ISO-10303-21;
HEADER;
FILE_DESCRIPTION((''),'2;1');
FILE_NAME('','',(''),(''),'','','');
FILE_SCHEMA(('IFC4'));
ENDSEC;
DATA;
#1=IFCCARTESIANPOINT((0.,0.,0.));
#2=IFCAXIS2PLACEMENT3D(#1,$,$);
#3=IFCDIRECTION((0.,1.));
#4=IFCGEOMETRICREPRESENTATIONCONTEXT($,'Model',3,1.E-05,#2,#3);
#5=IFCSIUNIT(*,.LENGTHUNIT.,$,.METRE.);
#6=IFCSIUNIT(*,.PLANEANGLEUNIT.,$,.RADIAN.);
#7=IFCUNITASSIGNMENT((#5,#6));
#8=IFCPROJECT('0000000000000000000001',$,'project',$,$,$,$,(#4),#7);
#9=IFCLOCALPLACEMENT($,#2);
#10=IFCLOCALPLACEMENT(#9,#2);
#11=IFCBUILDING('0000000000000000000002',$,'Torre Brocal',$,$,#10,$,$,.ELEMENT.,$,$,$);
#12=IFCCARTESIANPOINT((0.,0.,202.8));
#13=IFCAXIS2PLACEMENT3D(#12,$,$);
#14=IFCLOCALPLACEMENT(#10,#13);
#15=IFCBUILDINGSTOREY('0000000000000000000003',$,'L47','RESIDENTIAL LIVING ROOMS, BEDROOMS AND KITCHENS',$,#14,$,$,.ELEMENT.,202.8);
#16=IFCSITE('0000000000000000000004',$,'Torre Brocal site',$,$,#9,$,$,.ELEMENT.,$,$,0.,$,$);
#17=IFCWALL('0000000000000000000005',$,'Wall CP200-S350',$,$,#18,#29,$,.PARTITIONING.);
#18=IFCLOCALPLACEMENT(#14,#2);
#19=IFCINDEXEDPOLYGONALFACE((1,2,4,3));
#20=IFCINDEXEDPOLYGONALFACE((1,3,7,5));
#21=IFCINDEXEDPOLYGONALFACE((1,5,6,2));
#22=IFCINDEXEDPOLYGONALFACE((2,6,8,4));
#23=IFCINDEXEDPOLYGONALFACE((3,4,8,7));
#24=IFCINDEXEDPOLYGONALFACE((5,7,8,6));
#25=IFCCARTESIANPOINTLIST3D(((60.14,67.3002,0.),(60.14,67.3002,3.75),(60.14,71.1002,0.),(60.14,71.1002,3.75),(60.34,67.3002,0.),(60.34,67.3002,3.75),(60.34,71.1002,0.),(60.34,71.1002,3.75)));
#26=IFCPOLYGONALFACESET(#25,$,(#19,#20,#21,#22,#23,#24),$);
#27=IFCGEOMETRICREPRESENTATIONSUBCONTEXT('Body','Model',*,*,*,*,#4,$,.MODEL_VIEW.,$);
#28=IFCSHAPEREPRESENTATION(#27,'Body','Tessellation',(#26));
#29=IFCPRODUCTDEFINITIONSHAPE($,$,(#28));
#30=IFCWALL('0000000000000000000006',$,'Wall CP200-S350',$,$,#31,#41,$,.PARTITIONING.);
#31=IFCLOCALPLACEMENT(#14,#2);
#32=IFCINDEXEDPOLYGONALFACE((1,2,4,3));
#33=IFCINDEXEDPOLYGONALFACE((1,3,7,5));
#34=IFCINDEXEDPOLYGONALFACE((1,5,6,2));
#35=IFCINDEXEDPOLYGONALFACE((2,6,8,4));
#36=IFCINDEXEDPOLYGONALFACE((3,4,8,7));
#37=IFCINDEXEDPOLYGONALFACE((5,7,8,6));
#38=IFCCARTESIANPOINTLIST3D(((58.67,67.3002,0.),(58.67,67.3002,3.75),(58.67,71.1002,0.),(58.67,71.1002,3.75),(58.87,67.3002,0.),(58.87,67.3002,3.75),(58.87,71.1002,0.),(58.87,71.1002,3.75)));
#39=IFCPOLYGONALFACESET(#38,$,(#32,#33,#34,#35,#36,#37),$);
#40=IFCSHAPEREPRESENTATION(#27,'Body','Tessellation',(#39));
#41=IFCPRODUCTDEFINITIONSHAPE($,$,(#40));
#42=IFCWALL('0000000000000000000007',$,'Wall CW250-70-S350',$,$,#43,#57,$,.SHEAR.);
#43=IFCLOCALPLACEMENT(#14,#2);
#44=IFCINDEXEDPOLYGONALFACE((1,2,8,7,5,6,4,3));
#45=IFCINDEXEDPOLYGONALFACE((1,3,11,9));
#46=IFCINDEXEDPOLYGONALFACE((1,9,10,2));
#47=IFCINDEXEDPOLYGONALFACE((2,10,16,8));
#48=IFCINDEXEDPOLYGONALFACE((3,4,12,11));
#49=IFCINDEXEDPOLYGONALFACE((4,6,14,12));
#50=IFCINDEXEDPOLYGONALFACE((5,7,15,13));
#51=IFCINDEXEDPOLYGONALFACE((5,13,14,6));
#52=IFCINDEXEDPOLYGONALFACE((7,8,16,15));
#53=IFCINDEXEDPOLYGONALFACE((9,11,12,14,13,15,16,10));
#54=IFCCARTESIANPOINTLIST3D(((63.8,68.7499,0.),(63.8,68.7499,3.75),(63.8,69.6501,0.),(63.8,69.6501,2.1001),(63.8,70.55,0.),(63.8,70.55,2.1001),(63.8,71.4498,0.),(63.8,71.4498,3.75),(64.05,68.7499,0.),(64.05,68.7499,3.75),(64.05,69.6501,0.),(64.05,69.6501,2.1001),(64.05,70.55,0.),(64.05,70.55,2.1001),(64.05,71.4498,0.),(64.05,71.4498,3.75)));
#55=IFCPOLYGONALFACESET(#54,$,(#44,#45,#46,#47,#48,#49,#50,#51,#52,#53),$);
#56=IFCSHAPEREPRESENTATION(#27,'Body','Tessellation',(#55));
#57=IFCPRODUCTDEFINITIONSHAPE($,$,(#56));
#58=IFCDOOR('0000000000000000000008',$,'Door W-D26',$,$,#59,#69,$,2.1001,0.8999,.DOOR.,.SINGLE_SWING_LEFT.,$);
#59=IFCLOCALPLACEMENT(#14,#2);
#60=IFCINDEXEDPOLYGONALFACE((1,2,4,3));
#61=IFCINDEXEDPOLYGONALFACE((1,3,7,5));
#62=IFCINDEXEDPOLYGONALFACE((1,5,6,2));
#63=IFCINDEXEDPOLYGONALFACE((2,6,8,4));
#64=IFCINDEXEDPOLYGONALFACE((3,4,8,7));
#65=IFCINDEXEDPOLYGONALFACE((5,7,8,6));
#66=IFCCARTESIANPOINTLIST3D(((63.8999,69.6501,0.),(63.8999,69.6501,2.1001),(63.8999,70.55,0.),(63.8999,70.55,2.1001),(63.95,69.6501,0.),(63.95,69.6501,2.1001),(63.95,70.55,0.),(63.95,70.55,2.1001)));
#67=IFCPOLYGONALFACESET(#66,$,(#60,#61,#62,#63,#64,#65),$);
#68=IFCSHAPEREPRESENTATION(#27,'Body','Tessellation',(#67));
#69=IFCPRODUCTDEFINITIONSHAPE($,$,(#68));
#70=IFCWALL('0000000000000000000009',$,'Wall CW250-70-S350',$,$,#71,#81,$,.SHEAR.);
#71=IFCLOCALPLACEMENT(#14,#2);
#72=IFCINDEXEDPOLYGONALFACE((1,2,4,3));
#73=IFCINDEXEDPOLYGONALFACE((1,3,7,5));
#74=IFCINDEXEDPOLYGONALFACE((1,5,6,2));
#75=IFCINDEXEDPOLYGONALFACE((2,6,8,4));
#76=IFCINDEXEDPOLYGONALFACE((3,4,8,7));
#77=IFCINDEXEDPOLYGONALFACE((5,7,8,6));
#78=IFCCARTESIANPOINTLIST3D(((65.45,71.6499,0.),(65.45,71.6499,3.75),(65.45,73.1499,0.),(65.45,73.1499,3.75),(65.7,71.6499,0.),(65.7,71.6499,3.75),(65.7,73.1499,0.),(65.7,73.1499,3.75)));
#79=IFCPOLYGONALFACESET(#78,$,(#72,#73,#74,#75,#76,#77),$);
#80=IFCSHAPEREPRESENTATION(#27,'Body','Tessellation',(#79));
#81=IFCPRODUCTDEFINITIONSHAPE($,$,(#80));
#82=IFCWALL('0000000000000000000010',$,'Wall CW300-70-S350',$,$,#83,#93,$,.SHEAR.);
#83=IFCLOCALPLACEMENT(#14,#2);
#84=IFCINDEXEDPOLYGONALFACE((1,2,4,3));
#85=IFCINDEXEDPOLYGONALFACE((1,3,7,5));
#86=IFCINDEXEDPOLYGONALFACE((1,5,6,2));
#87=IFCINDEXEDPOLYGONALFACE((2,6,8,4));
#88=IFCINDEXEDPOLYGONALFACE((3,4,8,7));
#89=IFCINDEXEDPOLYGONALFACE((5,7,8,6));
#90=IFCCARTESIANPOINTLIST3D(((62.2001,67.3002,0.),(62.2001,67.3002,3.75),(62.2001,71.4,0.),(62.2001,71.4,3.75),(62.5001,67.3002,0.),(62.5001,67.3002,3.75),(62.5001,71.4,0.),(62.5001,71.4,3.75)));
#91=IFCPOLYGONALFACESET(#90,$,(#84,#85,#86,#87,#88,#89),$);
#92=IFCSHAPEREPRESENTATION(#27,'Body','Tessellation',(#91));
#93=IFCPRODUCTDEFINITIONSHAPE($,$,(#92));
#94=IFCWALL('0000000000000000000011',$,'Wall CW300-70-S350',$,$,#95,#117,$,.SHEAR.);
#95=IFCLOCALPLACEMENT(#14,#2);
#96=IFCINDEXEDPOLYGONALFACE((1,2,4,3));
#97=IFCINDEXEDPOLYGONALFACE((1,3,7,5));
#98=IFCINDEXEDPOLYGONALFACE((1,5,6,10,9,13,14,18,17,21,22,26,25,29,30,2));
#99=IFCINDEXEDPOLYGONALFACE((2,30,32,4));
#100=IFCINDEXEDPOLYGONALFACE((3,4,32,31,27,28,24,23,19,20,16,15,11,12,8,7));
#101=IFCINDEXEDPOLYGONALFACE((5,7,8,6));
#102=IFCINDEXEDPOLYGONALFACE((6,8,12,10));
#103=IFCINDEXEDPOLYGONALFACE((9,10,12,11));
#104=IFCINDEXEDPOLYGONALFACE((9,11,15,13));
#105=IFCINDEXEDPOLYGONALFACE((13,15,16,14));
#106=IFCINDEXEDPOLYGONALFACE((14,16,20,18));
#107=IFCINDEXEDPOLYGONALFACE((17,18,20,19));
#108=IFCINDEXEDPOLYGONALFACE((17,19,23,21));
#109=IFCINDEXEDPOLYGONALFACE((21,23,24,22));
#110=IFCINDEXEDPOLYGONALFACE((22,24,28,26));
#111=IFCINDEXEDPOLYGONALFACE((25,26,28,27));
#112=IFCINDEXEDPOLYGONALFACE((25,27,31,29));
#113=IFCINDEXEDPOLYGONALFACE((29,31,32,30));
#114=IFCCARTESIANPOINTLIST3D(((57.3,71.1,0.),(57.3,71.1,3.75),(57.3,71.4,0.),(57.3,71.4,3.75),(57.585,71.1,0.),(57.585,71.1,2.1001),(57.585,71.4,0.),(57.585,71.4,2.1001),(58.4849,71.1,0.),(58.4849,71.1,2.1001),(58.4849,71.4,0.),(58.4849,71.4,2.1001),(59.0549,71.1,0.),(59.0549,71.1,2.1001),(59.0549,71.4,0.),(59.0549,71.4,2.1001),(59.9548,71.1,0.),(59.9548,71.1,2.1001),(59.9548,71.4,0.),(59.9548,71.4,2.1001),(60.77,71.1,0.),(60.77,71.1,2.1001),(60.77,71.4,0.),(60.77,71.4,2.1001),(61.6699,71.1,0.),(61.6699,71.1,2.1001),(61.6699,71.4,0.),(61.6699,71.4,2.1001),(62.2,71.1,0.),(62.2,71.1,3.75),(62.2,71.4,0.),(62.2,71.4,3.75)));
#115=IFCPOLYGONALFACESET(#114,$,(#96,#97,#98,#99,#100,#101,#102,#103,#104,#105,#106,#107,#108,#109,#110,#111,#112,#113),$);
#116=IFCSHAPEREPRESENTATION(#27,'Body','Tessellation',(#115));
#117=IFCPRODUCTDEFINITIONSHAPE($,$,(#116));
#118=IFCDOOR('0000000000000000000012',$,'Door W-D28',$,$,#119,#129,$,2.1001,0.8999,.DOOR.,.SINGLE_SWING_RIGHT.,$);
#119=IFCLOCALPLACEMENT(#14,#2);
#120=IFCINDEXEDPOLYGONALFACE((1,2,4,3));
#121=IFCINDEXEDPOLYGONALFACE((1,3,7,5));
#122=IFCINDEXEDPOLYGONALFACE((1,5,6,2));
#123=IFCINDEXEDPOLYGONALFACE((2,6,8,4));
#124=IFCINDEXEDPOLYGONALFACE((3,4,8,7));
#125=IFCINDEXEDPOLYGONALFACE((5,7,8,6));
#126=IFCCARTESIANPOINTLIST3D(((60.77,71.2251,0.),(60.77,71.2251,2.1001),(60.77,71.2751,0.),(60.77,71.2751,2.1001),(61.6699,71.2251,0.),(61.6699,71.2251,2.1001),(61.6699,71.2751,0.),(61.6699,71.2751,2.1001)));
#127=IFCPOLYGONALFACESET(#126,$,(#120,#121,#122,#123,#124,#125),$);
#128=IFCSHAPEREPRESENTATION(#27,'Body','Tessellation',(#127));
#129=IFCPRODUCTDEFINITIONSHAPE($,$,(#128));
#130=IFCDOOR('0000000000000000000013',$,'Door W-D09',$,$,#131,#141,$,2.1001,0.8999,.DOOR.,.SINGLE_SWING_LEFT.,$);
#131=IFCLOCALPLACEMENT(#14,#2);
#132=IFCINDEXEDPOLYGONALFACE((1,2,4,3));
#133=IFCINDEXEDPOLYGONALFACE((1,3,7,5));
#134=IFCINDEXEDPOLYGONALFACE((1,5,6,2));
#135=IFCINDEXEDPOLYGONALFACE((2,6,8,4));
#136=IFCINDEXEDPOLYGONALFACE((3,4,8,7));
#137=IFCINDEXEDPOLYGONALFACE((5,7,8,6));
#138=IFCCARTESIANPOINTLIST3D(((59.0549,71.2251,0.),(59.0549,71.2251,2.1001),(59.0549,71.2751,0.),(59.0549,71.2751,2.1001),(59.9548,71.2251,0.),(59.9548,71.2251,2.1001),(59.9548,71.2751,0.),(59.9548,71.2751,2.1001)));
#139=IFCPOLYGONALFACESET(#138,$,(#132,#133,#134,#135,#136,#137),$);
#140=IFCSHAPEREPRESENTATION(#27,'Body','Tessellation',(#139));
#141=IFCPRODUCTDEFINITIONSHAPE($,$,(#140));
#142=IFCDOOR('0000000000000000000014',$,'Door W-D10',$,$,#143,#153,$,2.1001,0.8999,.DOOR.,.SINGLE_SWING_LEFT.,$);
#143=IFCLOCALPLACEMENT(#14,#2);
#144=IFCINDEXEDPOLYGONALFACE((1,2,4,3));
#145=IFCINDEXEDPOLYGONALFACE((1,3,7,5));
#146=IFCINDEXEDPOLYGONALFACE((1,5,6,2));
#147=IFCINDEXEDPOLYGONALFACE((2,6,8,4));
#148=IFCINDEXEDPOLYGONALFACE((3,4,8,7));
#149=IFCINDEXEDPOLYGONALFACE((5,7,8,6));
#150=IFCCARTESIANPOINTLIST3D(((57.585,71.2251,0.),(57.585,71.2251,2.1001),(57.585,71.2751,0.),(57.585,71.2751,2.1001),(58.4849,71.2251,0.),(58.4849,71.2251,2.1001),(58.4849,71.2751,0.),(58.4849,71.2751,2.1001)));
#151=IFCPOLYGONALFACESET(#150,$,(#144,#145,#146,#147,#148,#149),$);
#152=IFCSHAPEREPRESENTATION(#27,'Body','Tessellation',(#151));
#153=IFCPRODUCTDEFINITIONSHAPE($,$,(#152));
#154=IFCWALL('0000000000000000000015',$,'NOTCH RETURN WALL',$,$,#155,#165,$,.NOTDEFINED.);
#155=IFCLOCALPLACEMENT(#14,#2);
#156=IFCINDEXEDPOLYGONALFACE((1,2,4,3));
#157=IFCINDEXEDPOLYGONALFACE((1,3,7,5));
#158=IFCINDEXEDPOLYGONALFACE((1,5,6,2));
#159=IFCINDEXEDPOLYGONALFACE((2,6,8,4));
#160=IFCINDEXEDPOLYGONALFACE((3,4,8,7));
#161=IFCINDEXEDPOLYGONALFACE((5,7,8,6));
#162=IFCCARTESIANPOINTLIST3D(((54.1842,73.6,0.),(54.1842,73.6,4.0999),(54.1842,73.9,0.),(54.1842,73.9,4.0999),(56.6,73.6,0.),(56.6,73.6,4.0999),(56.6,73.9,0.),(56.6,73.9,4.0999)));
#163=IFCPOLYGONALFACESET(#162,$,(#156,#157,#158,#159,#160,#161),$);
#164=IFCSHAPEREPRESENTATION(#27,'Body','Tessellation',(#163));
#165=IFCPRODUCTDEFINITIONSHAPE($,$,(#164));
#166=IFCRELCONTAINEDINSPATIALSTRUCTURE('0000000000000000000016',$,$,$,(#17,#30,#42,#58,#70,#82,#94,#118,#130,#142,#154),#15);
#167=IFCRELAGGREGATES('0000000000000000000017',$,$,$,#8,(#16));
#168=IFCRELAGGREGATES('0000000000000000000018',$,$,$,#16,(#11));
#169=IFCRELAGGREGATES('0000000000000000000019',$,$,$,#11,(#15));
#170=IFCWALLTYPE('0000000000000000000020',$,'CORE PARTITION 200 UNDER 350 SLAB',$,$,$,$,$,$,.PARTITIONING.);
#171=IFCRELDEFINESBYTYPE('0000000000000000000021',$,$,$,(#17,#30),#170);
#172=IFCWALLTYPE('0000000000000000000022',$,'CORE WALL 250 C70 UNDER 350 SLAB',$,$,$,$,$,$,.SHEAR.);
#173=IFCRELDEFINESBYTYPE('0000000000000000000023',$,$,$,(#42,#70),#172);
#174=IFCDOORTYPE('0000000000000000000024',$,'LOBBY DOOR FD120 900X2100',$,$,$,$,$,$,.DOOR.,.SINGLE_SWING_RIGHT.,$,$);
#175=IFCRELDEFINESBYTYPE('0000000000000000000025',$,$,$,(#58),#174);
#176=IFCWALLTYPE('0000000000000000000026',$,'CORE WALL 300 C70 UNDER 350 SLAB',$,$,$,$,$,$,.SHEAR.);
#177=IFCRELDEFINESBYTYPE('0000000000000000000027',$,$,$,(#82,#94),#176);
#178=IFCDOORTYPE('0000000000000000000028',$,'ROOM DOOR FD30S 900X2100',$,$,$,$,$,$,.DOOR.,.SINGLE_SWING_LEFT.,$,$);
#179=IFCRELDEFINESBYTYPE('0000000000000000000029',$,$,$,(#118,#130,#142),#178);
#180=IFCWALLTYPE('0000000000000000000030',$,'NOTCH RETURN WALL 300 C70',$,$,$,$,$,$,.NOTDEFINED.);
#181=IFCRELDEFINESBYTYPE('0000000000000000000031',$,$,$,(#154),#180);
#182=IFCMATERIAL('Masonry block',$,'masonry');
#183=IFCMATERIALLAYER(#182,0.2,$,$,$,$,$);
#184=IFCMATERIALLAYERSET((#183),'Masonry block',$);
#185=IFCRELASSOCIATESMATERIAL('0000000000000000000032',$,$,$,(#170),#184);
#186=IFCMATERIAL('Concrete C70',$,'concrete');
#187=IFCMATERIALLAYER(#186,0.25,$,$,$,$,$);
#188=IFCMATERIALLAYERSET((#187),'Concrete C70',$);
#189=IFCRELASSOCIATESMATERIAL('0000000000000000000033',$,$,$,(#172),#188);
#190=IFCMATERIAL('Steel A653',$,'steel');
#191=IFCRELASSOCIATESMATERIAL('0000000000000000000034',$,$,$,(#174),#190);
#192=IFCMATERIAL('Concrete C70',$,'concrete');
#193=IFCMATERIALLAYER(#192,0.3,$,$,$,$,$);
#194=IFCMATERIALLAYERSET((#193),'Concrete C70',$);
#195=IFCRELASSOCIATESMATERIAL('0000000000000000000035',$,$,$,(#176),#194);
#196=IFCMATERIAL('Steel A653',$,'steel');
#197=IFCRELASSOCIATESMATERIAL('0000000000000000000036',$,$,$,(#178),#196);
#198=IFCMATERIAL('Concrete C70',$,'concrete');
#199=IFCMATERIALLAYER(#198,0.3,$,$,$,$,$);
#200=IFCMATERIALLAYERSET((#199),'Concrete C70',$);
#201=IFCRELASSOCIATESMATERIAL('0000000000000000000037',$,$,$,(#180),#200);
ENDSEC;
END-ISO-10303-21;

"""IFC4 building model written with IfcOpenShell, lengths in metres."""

from ifc_helpers import new_model, si_unit, direction, frame, frame_2d, origin, place, context, subcontext, project, spatial, rectangle, extrude, material, layer, layer_set, type_object, element, fill, save


model = new_model("IFC4")

# Units and contexts
model_context = context("Model", 3, precision=1e-05, world=origin(), true_north=direction((0.0, 1.0)))
body_context = subcontext(model_context, "Body", "Model", "MODEL_VIEW")
ifc_project = project(units=[si_unit("LENGTHUNIT", "METRE"), si_unit("PLANEANGLEUNIT", "RADIAN")], contexts=[model_context])

# Site, building, storey
site_placement = place(None, origin())
site = spatial("IfcSite", under=ifc_project, at=site_placement, Name="Torre Brocal site", CompositionType="ELEMENT", RefElevation=0.0)
building_placement = place(site_placement, origin())
building = spatial("IfcBuilding", under=site, at=building_placement, Name="Torre Brocal", CompositionType="ELEMENT")
storey_placement = place(building_placement, frame((0.0, 0.0, 202.8)))
storey = spatial("IfcBuildingStorey", under=building, at=storey_placement, Name="L47", Description="RESIDENTIAL LIVING ROOMS, BEDROOMS AND KITCHENS", CompositionType="ELEMENT", Elevation=202.8)

# Walls
ifc_material_1 = material(Name="Masonry block", Category="masonry")
ifc_layer_1 = layer(ifc_material_1, 0.2)
ifc_layer_set_1 = layer_set([ifc_layer_1], Name="Masonry block")
wall_type_1 = type_object("IfcWallType", Name="CORE PARTITION 200 UNDER 350 SLAB", PredefinedType="PARTITIONING", material=ifc_layer_set_1)
for number, where, z_axis, x_axis, name in (
    (1, (60.24, 71.1001, 0.0), (0.0, 0.0, 1.0), (0.0, -1.0, 0.0), "Wall CP200-S350"),
    (2, (58.77, 71.1001, 0.0), (0.0, 0.0, 1.0), (0.0, -1.0, 0.0), "Wall CP200-S350"),
):
    element("IfcWall", number, at=place(storey_placement, frame(where, z_axis=z_axis, x_axis=x_axis)), inside=storey, type_object=wall_type_1, Name=name, PredefinedType="PARTITIONING", context=body_context, shape_type="SweptSolid", body=[
        extrude(rectangle(XDim=3.8, YDim=0.2, at=frame_2d((1.8999, 0.0))), origin(), (0.0, 0.0, 1.0), 3.75),
    ])

# Wall, opening, door
ifc_material_2 = material(Name="Concrete C70", Category="concrete")
ifc_layer_2 = layer(ifc_material_2, 0.25)
ifc_layer_set_2 = layer_set([ifc_layer_2], Name="Concrete C70")
wall_type_2 = type_object("IfcWallType", Name="CORE WALL 250 C70 UNDER 350 SLAB", PredefinedType="SHEAR", material=ifc_layer_set_2)
wall_1_placement = place(storey_placement, frame((63.925, 71.45, 0.0), z_axis=(0.0, 0.0, 1.0), x_axis=(0.0, -1.0, 0.0)))
wall_1 = element("IfcWall", 3, at=wall_1_placement, inside=storey, type_object=wall_type_2, Name="Wall CW250-70-S350", PredefinedType="SHEAR", context=body_context, shape_type="SweptSolid", body=[
    extrude(rectangle(XDim=2.7, YDim=0.25, at=frame_2d((1.3501, 0.0))), origin(), (0.0, 0.0, 1.0), 3.75),
])
opening_1_placement = place(wall_1_placement, frame((0.8999, 0.0, 0.0)))
opening_1 = element("IfcOpeningElement", 4, at=opening_1_placement, cuts=wall_1, PredefinedType="OPENING", context=body_context, shape_type="SweptSolid", body=[
    extrude(rectangle(XDim=0.8999, YDim=2.1001, at=frame_2d((0.45, 1.05))), frame((0.0, 0.135, 0.0), z_axis=(0.0, -1.0, 0.0), x_axis=(1.0, 0.0, 0.0)), (0.0, 0.0, 1.0), 0.27),
])
ifc_material_3 = material(Name="Steel A653", Category="steel")
door_type_1 = type_object("IfcDoorType", Name="LOBBY DOOR FD120 900X2100", OperationType="SINGLE_SWING_RIGHT", PredefinedType="DOOR", material=ifc_material_3)
door_1_placement = place(opening_1_placement, origin())
door_1 = element("IfcDoor", 5, at=door_1_placement, inside=storey, type_object=door_type_1, Name="Door W-D26", OperationType="SINGLE_SWING_LEFT", OverallHeight=2.1001, OverallWidth=0.8999, PredefinedType="DOOR", context=body_context, shape_type="SweptSolid", body=[
    extrude(rectangle(XDim=0.8999, YDim=2.1001, at=frame_2d((0.45, 1.05))), frame((0.0, 0.0249, 0.0), z_axis=(0.0, -1.0, 0.0), x_axis=(1.0, 0.0, 0.0)), (0.0, 0.0, 1.0), 0.05),
])
fill(opening_1, door_1)

# Walls
wall_2_placement = place(storey_placement, frame((65.575, 73.1499, 0.0), z_axis=(0.0, 0.0, 1.0), x_axis=(0.0, -1.0, 0.0)))
element("IfcWall", 6, at=wall_2_placement, inside=storey, type_object=wall_type_2, Name="Wall CW250-70-S350", PredefinedType="SHEAR", context=body_context, shape_type="SweptSolid", body=[
    extrude(rectangle(XDim=1.5, YDim=0.25, at=frame_2d((0.75, 0.0))), origin(), (0.0, 0.0, 1.0), 3.75),
])
ifc_material_4 = material(Name="Concrete C70", Category="concrete")
ifc_layer_3 = layer(ifc_material_4, 0.3)
ifc_layer_set_3 = layer_set([ifc_layer_3], Name="Concrete C70")
wall_type_3 = type_object("IfcWallType", Name="CORE WALL 300 C70 UNDER 350 SLAB", PredefinedType="SHEAR", material=ifc_layer_set_3)
wall_3_placement = place(storey_placement, frame((62.3501, 71.3999, 0.0), z_axis=(0.0, 0.0, 1.0), x_axis=(0.0, -1.0, 0.0)))
element("IfcWall", 7, at=wall_3_placement, inside=storey, type_object=wall_type_3, Name="Wall CW300-70-S350", PredefinedType="SHEAR", context=body_context, shape_type="SweptSolid", body=[
    extrude(rectangle(XDim=4.0999, YDim=0.3, at=frame_2d((2.0498, 0.0))), origin(), (0.0, 0.0, 1.0), 3.75),
])

# Wall, openings, doors
wall_4_placement = place(storey_placement, frame((62.2, 71.25, 0.0), z_axis=(0.0, 0.0, 1.0), x_axis=(-1.0, 0.0, 0.0)))
wall_4 = element("IfcWall", 8, at=wall_4_placement, inside=storey, type_object=wall_type_3, Name="Wall CW300-70-S350", PredefinedType="SHEAR", context=body_context, shape_type="SweptSolid", body=[
    extrude(rectangle(XDim=4.8999, YDim=0.3, at=frame_2d((2.45, 0.0))), origin(), (0.0, 0.0, 1.0), 3.75),
])
opening_2_placement = place(wall_4_placement, frame((0.53, 0.0, 0.0)))
opening_2 = element("IfcOpeningElement", 9, at=opening_2_placement, cuts=wall_4, PredefinedType="OPENING", context=body_context, shape_type="SweptSolid", body=[
    extrude(rectangle(XDim=0.8999, YDim=2.1001, at=frame_2d((0.45, 1.05))), frame((0.0, 0.1599, 0.0), z_axis=(0.0, -1.0, 0.0), x_axis=(1.0, 0.0, 0.0)), (0.0, 0.0, 1.0), 0.3201),
])
opening_3_placement = place(wall_4_placement, frame((2.2451, 0.0, 0.0)))
opening_3 = element("IfcOpeningElement", 10, at=opening_3_placement, cuts=wall_4, PredefinedType="OPENING", context=body_context, shape_type="SweptSolid", body=[
    extrude(rectangle(XDim=0.8999, YDim=2.1001, at=frame_2d((0.45, 1.05))), frame((0.0, 0.1599, 0.0), z_axis=(0.0, -1.0, 0.0), x_axis=(1.0, 0.0, 0.0)), (0.0, 0.0, 1.0), 0.3201),
])
opening_4_placement = place(wall_4_placement, frame((3.7151, 0.0, 0.0)))
opening_4 = element("IfcOpeningElement", 11, at=opening_4_placement, cuts=wall_4, PredefinedType="OPENING", context=body_context, shape_type="SweptSolid", body=[
    extrude(rectangle(XDim=0.8999, YDim=2.1001, at=frame_2d((0.45, 1.05))), frame((0.0, 0.1599, 0.0), z_axis=(0.0, -1.0, 0.0), x_axis=(1.0, 0.0, 0.0)), (0.0, 0.0, 1.0), 0.3201),
])
ifc_material_5 = material(Name="Steel A653", Category="steel")
door_type_2 = type_object("IfcDoorType", Name="ROOM DOOR FD30S 900X2100", OperationType="SINGLE_SWING_LEFT", PredefinedType="DOOR", material=ifc_material_5)
door_2_placement = place(opening_2_placement, origin())
door_2 = element("IfcDoor", 12, at=door_2_placement, inside=storey, type_object=door_type_2, Name="Door W-D28", OperationType="SINGLE_SWING_RIGHT", OverallHeight=2.1001, OverallWidth=0.8999, PredefinedType="DOOR", context=body_context, shape_type="SweptSolid", body=[
    extrude(rectangle(XDim=0.8999, YDim=2.1001, at=frame_2d((0.45, 1.05))), frame((0.0, 0.0249, 0.0), z_axis=(0.0, -1.0, 0.0), x_axis=(1.0, 0.0, 0.0)), (0.0, 0.0, 1.0), 0.05),
])
fill(opening_2, door_2)
door_3_placement = place(opening_3_placement, origin())
door_3 = element("IfcDoor", 13, at=door_3_placement, inside=storey, type_object=door_type_2, Name="Door W-D09", OperationType="SINGLE_SWING_LEFT", OverallHeight=2.1001, OverallWidth=0.8999, PredefinedType="DOOR", context=body_context, shape_type="SweptSolid", body=[
    extrude(rectangle(XDim=0.8999, YDim=2.1001, at=frame_2d((0.45, 1.05))), frame((0.0, 0.0249, 0.0), z_axis=(0.0, -1.0, 0.0), x_axis=(1.0, 0.0, 0.0)), (0.0, 0.0, 1.0), 0.05),
])
fill(opening_3, door_3)
door_4_placement = place(opening_4_placement, origin())
door_4 = element("IfcDoor", 14, at=door_4_placement, inside=storey, type_object=door_type_2, Name="Door W-D10", OperationType="SINGLE_SWING_LEFT", OverallHeight=2.1001, OverallWidth=0.8999, PredefinedType="DOOR", context=body_context, shape_type="SweptSolid", body=[
    extrude(rectangle(XDim=0.8999, YDim=2.1001, at=frame_2d((0.45, 1.05))), frame((0.0, 0.0249, 0.0), z_axis=(0.0, -1.0, 0.0), x_axis=(1.0, 0.0, 0.0)), (0.0, 0.0, 1.0), 0.05),
])
fill(opening_4, door_4)

# Wall
ifc_material_6 = material(Name="Concrete C70", Category="concrete")
ifc_layer_4 = layer(ifc_material_6, 0.3)
ifc_layer_set_4 = layer_set([ifc_layer_4], Name="Concrete C70")
wall_type_4 = type_object("IfcWallType", Name="NOTCH RETURN WALL 300 C70", PredefinedType="NOTDEFINED", material=ifc_layer_set_4)
wall_5_placement = place(storey_placement, frame((56.6001, 73.75, 0.0), z_axis=(0.0, 0.0, 1.0), x_axis=(-1.0, 0.0, 0.0)))
element("IfcWall", 15, at=wall_5_placement, inside=storey, type_object=wall_type_4, Name="NOTCH RETURN WALL", PredefinedType="NOTDEFINED", context=body_context, shape_type="SweptSolid", body=[
    extrude(rectangle(XDim=2.4158, YDim=0.3, at=frame_2d((1.208, 0.0))), origin(), (0.0, 0.0, 1.0), 4.0999),
])

save(model, "model.ifc")
